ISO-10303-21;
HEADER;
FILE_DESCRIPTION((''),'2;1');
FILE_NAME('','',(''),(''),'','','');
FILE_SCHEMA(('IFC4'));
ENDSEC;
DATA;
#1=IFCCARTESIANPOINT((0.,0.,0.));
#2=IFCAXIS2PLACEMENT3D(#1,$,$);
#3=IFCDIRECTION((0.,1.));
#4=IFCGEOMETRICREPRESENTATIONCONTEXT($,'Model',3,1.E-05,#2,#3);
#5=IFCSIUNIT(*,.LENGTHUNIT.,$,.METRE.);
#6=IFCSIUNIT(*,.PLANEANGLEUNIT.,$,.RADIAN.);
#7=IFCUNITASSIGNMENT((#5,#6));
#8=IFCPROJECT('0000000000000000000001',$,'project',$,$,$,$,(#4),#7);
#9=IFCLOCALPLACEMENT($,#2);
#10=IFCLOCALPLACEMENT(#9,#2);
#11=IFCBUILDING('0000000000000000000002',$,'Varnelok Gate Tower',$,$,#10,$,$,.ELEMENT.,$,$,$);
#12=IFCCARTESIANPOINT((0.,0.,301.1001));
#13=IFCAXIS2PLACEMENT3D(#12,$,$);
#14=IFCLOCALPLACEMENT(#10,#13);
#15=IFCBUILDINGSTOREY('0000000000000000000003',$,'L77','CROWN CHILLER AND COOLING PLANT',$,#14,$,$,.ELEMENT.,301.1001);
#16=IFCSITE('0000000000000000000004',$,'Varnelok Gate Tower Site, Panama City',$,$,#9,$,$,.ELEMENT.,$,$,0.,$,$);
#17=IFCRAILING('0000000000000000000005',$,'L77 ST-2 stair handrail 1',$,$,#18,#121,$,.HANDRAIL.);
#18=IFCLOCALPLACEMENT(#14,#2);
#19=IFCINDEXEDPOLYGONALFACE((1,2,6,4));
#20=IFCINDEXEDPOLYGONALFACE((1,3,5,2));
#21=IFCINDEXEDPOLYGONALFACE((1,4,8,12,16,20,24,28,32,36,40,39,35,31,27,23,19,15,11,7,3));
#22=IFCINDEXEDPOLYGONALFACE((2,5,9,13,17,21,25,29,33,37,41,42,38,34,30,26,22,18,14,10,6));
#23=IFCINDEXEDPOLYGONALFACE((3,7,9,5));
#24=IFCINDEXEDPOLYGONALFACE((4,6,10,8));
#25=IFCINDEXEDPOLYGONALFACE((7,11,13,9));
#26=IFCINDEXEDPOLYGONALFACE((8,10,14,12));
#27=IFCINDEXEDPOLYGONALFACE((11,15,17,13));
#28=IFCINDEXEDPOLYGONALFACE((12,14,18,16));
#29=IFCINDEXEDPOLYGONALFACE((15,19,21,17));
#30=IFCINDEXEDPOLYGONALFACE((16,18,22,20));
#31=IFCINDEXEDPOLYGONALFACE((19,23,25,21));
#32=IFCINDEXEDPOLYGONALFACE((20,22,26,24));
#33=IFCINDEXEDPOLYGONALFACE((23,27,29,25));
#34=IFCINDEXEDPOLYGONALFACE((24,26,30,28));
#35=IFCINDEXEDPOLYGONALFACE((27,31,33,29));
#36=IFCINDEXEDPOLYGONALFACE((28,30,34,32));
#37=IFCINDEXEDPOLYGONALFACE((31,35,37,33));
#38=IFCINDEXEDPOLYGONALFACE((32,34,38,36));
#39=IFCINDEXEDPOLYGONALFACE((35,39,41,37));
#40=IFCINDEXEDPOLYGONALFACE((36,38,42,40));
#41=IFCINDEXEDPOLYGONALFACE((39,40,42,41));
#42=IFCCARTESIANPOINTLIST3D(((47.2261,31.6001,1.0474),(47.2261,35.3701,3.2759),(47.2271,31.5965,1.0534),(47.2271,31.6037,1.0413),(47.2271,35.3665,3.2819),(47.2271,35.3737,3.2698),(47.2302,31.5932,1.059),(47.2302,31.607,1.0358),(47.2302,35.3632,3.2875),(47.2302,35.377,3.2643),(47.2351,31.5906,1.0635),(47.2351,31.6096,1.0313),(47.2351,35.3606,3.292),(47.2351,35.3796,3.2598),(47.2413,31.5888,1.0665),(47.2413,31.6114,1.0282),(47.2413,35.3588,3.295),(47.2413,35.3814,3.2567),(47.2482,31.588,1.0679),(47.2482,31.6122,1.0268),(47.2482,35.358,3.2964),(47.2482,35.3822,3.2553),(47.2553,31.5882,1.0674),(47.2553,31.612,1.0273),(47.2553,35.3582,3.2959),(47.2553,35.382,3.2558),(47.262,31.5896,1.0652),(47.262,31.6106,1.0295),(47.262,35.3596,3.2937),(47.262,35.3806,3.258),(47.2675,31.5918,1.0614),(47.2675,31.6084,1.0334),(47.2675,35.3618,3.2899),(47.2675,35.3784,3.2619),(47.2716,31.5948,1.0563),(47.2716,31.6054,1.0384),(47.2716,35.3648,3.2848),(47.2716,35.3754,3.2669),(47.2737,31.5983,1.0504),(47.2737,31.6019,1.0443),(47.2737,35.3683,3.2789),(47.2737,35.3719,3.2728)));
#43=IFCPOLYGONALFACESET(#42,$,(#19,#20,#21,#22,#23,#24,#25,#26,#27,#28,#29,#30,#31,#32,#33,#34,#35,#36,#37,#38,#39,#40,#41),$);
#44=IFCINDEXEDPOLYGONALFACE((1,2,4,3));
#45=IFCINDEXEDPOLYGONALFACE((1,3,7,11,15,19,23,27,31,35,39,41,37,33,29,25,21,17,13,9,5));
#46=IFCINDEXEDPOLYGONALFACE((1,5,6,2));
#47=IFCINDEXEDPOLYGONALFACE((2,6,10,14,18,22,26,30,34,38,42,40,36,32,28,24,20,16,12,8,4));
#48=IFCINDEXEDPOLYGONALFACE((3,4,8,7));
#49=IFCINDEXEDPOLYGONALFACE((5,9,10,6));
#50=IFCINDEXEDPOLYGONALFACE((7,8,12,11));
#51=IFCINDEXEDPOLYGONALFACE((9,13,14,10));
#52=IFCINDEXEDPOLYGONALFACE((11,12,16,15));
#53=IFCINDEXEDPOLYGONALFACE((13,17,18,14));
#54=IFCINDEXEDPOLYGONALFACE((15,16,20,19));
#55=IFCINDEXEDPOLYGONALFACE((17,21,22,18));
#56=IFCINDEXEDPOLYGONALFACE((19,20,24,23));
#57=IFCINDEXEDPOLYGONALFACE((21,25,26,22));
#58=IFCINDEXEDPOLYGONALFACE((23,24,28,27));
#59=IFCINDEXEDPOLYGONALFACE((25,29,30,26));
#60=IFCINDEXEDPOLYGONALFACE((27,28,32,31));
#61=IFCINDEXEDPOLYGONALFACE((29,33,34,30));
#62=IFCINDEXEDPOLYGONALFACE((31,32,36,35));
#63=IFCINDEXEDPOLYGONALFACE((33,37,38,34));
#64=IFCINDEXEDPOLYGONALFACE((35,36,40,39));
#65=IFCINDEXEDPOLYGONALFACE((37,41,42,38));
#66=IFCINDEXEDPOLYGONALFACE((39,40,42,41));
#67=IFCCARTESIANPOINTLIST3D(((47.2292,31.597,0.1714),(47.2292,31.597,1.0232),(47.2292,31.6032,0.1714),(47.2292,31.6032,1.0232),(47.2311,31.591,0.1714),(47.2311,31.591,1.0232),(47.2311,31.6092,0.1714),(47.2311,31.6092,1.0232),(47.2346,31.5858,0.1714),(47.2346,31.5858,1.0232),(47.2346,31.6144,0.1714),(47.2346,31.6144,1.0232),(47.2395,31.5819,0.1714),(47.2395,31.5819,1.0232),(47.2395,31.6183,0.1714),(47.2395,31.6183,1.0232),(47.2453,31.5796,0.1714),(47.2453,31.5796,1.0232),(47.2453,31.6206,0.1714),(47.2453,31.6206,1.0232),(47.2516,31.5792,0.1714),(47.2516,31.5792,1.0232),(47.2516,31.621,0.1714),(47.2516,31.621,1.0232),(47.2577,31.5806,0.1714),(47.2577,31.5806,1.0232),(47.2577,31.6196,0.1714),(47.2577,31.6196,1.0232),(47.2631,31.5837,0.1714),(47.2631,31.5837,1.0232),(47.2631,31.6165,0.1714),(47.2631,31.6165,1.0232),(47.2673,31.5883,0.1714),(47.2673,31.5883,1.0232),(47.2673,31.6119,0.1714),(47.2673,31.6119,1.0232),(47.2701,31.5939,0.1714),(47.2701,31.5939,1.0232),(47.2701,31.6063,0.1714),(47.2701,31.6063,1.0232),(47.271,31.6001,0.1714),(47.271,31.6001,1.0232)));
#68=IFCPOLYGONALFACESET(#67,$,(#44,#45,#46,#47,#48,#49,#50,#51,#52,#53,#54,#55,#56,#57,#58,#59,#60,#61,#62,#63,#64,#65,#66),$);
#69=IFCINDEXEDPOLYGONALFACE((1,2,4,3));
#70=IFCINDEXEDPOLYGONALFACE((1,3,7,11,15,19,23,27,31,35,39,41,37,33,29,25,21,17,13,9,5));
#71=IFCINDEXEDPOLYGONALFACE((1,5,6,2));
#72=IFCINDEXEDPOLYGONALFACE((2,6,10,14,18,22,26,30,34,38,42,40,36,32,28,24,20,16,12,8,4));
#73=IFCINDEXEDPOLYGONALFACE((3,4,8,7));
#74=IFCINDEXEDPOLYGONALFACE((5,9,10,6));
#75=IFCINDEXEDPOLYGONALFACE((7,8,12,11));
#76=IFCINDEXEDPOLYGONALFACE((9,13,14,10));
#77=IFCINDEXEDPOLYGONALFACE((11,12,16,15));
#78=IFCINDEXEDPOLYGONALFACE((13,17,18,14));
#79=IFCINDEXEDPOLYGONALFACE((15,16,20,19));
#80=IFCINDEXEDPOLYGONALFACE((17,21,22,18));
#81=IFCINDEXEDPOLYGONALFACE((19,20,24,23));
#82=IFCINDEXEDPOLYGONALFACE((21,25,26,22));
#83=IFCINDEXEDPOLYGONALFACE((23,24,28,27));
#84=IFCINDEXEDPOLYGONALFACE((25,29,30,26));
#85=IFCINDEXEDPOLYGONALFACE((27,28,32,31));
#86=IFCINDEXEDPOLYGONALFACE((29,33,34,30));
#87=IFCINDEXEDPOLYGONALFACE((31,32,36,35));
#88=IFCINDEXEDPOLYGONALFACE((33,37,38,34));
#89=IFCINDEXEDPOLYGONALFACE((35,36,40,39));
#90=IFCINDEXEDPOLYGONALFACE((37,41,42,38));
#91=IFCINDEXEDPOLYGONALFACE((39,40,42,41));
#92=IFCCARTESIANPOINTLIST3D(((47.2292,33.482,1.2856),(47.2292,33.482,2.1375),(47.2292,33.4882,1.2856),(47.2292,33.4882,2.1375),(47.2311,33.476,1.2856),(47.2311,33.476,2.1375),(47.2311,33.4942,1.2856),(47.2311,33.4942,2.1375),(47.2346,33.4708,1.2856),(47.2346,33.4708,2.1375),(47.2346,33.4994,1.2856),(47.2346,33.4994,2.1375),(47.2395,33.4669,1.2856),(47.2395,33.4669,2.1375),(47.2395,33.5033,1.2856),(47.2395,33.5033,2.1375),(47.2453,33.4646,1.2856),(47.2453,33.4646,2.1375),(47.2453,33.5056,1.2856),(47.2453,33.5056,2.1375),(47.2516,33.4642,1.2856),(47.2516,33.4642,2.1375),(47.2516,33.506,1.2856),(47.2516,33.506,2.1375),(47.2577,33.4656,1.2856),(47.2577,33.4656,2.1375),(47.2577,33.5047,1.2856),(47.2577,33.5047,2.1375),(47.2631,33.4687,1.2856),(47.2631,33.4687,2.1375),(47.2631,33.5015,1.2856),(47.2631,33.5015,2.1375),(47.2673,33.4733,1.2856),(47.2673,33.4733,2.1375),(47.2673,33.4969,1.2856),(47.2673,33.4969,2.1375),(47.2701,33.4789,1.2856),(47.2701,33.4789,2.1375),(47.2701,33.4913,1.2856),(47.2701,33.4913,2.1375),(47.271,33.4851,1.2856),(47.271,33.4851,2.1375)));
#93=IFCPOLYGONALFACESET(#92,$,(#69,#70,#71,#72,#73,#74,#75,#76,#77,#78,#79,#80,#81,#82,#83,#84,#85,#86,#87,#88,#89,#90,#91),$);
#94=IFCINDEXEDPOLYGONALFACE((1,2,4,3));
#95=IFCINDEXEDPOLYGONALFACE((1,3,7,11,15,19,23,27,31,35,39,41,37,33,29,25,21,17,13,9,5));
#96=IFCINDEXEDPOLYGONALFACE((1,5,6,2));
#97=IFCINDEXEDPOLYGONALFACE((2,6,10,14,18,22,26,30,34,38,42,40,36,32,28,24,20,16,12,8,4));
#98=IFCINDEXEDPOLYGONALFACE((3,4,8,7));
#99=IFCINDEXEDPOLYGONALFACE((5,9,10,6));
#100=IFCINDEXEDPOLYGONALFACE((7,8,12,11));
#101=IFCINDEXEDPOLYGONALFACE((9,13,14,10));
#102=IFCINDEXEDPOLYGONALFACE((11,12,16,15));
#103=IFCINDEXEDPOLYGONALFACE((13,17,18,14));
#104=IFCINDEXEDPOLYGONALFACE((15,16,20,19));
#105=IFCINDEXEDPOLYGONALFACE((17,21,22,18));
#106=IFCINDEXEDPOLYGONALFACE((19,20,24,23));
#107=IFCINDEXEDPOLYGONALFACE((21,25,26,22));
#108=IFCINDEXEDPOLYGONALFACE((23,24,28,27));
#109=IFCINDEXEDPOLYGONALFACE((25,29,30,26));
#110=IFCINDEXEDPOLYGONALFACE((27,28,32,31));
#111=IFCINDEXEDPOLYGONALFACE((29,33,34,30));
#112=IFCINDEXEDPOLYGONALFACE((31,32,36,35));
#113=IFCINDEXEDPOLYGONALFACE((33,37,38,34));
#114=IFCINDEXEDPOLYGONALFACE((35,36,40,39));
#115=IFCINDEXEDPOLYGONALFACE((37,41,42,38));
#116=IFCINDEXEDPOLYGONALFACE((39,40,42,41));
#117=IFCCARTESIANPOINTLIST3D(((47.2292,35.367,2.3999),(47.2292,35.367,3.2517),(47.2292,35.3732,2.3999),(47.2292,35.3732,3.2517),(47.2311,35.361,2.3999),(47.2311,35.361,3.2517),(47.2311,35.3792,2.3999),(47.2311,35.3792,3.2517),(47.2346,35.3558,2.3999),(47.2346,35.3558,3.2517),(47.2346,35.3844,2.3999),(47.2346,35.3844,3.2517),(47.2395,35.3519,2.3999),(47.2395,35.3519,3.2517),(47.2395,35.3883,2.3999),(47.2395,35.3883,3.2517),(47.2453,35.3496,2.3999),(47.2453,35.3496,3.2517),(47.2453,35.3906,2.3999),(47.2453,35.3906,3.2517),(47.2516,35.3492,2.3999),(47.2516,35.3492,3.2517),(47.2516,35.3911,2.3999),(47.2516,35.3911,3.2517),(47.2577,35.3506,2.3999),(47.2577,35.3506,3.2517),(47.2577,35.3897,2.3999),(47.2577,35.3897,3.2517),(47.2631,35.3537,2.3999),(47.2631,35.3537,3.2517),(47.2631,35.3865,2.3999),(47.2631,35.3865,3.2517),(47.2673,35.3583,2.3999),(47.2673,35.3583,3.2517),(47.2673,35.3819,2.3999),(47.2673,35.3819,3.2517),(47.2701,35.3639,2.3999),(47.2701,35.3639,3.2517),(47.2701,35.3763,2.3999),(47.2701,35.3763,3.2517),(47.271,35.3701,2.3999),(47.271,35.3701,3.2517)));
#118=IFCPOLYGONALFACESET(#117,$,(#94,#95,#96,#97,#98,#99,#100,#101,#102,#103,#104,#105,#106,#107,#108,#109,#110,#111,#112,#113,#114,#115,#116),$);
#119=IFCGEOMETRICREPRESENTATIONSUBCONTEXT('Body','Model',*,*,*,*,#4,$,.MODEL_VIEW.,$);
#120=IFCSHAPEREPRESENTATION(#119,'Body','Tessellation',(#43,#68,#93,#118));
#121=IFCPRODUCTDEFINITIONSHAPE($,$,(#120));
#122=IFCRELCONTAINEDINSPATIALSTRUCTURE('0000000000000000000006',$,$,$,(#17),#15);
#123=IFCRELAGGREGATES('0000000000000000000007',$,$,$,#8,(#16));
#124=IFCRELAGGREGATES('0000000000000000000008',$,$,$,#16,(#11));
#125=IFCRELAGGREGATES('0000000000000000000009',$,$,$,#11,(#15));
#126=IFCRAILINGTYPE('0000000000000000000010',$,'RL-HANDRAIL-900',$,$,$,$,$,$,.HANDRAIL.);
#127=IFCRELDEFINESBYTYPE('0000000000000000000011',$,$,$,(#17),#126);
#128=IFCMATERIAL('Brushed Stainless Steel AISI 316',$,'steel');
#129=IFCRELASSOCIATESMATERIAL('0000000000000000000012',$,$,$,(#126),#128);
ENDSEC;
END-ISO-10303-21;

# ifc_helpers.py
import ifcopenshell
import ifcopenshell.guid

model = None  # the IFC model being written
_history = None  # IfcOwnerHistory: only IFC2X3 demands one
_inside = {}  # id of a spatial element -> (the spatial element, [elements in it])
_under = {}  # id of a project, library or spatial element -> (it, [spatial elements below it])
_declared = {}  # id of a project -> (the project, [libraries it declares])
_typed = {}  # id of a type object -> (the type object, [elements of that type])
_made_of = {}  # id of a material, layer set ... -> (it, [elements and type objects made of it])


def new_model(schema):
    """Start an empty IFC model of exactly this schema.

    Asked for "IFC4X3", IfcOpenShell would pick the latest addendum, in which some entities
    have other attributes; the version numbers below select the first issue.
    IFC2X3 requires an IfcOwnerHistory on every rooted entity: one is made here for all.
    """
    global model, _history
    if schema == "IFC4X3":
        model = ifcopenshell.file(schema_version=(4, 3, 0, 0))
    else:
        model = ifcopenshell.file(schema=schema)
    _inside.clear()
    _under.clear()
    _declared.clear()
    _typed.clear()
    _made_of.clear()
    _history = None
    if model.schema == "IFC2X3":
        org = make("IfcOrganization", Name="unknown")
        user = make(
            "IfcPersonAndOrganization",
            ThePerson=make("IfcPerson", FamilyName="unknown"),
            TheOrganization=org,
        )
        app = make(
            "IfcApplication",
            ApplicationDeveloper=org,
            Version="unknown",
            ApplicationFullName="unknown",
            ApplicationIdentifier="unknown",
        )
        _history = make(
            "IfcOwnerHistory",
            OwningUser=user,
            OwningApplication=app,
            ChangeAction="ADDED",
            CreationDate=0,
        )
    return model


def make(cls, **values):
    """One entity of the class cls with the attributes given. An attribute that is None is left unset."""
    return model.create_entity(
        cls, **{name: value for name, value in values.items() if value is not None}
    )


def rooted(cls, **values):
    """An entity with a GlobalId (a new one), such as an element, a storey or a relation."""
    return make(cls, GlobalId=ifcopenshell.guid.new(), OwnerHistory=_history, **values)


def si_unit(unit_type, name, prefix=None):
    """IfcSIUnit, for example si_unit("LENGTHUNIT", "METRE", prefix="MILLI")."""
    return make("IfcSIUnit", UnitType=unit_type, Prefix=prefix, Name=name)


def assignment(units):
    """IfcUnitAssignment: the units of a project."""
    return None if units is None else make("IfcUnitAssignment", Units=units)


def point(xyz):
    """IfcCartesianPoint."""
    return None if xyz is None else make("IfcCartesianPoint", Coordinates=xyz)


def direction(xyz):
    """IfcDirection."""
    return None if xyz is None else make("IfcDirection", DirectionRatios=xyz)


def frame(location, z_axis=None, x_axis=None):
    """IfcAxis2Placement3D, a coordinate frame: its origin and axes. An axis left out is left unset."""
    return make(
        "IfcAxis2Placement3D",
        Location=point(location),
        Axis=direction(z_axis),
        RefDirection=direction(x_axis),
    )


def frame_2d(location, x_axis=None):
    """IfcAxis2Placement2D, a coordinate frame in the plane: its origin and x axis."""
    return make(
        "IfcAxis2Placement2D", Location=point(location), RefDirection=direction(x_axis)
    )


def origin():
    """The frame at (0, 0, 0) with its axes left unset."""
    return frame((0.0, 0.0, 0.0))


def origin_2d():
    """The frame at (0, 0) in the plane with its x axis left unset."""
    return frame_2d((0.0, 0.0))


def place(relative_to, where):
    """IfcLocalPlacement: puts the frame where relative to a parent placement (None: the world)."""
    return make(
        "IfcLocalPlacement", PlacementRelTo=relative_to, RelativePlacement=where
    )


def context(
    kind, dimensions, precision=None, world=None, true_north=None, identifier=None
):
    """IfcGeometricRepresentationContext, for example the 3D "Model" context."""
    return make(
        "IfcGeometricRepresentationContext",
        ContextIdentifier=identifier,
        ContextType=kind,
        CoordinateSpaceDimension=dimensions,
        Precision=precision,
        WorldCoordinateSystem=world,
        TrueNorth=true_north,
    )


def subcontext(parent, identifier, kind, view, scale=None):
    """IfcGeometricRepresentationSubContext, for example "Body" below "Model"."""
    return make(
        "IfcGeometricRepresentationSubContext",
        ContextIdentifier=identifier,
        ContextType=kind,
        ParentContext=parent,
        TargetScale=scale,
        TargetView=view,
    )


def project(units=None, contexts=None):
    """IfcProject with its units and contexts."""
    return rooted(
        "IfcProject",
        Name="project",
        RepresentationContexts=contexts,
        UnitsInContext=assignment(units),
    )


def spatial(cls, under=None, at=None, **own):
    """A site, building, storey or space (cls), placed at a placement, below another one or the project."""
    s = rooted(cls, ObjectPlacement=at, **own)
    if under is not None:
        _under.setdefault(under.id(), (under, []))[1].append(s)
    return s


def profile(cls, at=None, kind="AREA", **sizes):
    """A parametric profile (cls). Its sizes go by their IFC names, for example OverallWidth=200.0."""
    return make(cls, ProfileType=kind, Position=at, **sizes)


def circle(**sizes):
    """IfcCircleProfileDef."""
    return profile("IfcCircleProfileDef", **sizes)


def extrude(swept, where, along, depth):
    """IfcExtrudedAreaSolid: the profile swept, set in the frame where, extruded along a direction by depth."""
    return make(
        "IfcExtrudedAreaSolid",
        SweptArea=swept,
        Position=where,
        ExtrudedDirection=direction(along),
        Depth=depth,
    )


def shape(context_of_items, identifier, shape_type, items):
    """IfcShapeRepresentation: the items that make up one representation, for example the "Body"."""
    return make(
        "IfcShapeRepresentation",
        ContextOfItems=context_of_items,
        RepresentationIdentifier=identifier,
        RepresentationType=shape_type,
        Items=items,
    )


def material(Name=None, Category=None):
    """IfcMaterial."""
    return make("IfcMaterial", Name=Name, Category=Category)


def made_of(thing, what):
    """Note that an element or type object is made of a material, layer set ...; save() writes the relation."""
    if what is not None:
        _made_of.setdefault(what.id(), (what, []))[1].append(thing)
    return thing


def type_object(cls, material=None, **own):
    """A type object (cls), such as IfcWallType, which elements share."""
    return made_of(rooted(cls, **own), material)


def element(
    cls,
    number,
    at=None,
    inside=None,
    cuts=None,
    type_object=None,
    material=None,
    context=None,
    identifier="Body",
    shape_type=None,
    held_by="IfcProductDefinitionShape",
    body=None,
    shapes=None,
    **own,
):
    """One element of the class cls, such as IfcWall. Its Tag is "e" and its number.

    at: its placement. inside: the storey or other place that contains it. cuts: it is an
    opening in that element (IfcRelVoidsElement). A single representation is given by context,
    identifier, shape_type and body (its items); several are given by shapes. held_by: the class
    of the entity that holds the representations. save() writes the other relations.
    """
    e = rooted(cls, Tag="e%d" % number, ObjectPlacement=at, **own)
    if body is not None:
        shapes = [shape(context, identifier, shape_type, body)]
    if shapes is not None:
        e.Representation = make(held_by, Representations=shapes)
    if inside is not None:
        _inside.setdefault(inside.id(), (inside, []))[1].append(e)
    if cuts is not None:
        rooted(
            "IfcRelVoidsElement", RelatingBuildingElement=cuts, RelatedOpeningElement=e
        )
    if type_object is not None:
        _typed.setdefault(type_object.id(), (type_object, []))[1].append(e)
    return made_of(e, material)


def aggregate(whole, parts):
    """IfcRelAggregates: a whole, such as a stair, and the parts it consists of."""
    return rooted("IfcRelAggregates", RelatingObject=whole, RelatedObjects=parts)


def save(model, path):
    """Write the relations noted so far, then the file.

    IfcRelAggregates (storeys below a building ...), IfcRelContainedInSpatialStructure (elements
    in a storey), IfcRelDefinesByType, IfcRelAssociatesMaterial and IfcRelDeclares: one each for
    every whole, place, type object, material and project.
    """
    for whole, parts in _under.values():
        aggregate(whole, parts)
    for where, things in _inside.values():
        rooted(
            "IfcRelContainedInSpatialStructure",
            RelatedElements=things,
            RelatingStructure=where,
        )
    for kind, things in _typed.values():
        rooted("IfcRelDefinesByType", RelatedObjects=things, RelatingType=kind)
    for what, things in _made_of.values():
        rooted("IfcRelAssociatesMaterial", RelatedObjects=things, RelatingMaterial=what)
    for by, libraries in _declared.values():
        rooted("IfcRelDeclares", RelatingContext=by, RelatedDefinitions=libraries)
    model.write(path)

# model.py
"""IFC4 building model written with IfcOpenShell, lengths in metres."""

from ifc_helpers import new_model, si_unit, direction, frame, origin, origin_2d, place, context, subcontext, project, spatial, circle, extrude, material, type_object, element, save


model = new_model("IFC4")

# Units and contexts
model_context = context("Model", 3, precision=1e-05, world=origin(), true_north=direction((0.0, 1.0)))
body_context = subcontext(model_context, "Body", "Model", "MODEL_VIEW")
ifc_project = project(units=[si_unit("LENGTHUNIT", "METRE"), si_unit("PLANEANGLEUNIT", "RADIAN")], contexts=[model_context])

# Site, building, storey
site_placement = place(None, origin())
site = spatial("IfcSite", under=ifc_project, at=site_placement, Name="Varnelok Gate Tower Site, Panama City", CompositionType="ELEMENT", RefElevation=0.0)
building_placement = place(site_placement, origin())
building = spatial("IfcBuilding", under=site, at=building_placement, Name="Varnelok Gate Tower", CompositionType="ELEMENT")
storey_placement = place(building_placement, frame((0.0, 0.0, 301.1001)))
storey = spatial("IfcBuildingStorey", under=building, at=storey_placement, Name="L77", Description="CROWN CHILLER AND COOLING PLANT", CompositionType="ELEMENT", Elevation=301.1001)

# Railing
ifc_material_1 = material(Name="Brushed Stainless Steel AISI 316", Category="steel")
railing_type = type_object("IfcRailingType", Name="RL-HANDRAIL-900", PredefinedType="HANDRAIL", material=ifc_material_1)
railing_placement = place(storey_placement, frame((47.25, 31.6001, 0.1714)))
element("IfcRailing", 1, at=railing_placement, inside=storey, type_object=railing_type, Name="L77 ST-2 stair handrail 1", PredefinedType="HANDRAIL", context=body_context, shape_type="SweptSolid", body=[
    extrude(circle(Radius=0.0239, at=origin_2d()), frame((0.0, 0.0, 0.876), z_axis=(0.0, 0.860849, 0.508861), x_axis=(-1.0, 0.0, 0.0)), (0.0, 0.0, 1.0), 4.3794),
    extrude(circle(Radius=0.021, at=origin_2d()), origin(), (0.0, 0.0, 1.0), 0.8518),
    extrude(circle(Radius=0.021, at=origin_2d()), frame((0.0, 1.885, 1.1143)), (0.0, 0.0, 1.0), 0.8518),
    extrude(circle(Radius=0.021, at=origin_2d()), frame((0.0, 3.77, 2.2285)), (0.0, 0.0, 1.0), 0.8518),
])

save(model, "model.ifc")
